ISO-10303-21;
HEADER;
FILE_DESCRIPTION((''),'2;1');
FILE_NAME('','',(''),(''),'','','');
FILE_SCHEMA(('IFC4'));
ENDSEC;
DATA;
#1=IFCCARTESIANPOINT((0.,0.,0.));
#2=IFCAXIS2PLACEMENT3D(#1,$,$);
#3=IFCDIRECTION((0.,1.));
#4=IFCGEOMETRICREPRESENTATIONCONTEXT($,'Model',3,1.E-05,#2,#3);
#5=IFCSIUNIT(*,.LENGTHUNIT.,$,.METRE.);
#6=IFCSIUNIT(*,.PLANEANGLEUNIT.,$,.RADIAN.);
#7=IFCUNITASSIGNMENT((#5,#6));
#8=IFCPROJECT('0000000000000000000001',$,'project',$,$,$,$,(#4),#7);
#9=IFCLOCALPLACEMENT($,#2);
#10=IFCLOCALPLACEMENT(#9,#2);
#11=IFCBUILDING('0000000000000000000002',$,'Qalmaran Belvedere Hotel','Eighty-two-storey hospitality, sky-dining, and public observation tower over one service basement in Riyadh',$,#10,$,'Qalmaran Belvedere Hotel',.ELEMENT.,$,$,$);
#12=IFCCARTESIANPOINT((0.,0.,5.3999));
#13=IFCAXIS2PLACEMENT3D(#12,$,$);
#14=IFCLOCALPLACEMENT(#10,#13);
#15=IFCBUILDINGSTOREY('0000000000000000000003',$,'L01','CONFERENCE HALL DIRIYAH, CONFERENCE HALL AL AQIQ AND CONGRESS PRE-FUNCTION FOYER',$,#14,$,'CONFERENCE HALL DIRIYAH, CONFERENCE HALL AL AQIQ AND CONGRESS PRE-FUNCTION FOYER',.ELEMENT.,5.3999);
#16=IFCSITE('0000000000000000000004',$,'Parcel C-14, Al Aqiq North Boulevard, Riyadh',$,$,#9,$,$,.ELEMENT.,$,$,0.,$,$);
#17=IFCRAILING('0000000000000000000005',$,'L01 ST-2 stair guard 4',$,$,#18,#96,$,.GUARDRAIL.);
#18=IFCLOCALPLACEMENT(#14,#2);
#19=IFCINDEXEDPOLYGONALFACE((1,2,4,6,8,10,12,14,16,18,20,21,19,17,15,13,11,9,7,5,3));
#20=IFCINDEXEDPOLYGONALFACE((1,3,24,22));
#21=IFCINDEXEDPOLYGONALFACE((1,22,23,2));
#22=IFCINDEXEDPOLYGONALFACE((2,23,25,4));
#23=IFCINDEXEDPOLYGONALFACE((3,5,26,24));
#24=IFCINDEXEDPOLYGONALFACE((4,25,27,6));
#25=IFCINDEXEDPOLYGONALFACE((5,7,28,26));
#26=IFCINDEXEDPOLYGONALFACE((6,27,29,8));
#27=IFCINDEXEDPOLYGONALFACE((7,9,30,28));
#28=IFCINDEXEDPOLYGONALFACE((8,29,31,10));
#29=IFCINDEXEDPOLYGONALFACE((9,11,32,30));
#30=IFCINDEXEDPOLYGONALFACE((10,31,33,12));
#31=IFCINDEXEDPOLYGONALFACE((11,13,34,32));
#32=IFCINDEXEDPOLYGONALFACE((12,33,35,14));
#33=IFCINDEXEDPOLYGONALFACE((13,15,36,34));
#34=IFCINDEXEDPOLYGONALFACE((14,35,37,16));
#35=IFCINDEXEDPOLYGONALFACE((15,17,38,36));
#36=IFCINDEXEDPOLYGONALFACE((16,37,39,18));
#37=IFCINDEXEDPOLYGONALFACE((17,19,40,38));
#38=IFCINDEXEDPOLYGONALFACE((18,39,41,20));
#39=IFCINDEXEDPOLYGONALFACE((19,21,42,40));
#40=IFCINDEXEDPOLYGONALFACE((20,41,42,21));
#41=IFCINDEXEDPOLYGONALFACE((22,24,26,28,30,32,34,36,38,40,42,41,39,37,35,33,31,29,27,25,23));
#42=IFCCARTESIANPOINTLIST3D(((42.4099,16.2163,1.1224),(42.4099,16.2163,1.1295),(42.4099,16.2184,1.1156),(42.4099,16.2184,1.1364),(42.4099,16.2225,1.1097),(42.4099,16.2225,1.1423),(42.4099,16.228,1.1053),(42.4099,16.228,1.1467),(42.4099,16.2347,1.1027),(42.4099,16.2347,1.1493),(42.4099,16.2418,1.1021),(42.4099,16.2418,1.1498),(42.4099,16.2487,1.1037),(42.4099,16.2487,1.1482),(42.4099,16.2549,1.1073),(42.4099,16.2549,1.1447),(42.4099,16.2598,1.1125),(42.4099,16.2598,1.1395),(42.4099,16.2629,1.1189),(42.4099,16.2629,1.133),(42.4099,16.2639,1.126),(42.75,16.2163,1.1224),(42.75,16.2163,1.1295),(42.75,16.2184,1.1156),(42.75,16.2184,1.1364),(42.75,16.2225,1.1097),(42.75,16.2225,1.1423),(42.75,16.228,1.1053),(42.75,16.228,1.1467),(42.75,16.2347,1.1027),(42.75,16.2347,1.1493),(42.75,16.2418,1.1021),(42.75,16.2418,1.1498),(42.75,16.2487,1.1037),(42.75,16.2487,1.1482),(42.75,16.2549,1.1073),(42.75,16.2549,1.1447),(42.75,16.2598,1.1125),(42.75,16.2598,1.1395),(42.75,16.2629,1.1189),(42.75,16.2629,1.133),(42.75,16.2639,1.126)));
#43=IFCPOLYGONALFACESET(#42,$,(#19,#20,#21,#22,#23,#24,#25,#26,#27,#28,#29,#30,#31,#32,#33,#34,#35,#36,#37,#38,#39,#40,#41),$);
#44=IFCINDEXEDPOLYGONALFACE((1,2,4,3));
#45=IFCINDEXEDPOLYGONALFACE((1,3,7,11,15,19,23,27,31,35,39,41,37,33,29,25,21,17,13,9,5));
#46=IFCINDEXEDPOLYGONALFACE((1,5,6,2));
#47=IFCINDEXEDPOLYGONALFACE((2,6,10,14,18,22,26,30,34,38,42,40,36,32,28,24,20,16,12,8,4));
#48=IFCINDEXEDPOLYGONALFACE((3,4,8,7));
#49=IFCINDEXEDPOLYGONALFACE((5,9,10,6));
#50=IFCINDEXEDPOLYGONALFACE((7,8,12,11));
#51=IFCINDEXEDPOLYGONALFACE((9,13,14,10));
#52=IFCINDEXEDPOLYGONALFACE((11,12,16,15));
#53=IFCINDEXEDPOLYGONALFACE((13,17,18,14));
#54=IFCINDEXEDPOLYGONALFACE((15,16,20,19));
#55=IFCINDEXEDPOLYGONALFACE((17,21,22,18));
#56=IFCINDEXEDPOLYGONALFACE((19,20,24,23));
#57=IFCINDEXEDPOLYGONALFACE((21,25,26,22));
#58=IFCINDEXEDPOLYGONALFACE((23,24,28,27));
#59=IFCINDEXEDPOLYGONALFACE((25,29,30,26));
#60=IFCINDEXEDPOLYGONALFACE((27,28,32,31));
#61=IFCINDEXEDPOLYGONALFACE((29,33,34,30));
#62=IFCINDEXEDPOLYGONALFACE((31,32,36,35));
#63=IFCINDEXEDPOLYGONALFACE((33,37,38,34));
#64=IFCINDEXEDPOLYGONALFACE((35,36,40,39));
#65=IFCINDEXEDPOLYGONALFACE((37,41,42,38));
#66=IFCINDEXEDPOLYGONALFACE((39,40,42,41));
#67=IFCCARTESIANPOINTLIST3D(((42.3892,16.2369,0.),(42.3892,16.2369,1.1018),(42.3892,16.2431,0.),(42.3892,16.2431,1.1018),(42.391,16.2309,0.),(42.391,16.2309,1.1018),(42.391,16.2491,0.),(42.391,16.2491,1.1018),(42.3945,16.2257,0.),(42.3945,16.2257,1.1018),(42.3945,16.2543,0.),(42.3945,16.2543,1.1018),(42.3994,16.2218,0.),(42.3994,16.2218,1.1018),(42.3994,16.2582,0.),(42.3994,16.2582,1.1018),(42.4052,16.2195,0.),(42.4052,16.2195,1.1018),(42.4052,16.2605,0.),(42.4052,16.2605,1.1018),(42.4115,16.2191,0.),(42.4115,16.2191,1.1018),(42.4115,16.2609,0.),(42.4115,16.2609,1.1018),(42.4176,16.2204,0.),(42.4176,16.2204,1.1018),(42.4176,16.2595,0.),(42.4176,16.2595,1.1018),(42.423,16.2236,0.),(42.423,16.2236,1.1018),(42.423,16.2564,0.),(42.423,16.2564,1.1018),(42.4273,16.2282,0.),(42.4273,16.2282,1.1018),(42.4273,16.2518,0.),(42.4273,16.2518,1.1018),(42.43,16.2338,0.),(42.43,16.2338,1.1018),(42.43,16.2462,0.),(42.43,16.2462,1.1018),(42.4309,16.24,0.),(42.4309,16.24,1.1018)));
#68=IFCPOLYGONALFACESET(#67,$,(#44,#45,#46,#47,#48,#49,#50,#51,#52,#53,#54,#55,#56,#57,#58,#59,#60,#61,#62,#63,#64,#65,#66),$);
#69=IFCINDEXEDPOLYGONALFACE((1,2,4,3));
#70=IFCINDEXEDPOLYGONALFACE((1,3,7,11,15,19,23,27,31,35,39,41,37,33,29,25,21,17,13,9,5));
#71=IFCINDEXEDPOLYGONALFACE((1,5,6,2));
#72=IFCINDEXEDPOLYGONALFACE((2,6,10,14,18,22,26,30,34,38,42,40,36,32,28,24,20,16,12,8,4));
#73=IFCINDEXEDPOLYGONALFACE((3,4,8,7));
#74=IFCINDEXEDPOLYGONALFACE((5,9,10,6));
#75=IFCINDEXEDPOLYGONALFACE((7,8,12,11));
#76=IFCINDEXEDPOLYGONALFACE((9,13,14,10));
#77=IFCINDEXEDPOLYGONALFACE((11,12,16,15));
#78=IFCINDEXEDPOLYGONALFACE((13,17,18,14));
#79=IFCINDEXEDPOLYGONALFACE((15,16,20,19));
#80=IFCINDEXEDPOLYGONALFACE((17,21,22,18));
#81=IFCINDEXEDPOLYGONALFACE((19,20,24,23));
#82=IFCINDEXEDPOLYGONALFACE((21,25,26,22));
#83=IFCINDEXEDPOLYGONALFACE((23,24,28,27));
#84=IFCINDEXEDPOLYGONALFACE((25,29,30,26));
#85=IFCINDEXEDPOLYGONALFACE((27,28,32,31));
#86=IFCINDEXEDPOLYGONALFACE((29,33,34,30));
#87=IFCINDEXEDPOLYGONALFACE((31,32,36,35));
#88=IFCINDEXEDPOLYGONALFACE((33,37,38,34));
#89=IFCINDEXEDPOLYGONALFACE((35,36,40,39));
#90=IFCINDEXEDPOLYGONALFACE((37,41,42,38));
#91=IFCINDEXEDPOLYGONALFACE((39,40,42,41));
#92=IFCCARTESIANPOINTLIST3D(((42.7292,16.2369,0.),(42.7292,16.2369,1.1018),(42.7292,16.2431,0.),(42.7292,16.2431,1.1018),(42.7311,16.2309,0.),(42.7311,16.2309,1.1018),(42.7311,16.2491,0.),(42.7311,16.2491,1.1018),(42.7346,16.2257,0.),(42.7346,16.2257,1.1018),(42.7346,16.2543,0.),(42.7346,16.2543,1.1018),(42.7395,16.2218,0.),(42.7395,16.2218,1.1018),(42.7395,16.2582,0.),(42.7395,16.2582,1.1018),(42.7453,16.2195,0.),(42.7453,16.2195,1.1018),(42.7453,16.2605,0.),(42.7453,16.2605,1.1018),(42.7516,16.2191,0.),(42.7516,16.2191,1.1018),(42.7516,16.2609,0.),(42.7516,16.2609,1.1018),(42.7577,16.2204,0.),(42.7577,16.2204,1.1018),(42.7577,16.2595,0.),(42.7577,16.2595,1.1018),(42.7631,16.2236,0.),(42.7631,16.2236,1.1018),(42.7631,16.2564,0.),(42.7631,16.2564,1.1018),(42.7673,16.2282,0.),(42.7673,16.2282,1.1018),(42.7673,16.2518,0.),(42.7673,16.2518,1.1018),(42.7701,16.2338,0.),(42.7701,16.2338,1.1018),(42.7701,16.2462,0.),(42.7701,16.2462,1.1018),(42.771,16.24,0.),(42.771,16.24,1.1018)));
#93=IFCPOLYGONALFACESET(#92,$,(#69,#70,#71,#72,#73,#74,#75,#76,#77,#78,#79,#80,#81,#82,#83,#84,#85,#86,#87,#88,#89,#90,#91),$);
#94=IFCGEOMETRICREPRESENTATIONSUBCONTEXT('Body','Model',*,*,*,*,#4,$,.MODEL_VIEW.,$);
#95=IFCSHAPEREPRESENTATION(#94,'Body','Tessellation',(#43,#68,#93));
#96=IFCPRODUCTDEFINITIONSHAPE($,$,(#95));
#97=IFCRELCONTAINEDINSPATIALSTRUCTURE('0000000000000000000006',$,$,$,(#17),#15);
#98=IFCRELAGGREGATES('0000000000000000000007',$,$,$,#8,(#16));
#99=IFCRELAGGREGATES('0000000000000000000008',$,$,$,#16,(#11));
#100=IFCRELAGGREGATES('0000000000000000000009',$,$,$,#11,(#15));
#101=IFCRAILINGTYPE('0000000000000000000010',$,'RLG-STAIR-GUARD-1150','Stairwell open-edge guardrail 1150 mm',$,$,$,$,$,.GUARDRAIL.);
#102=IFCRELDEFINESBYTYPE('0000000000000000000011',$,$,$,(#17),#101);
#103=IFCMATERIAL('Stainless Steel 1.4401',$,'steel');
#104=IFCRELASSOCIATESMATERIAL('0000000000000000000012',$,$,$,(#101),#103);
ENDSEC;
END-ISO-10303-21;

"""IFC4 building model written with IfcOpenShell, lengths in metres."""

from ifc_helpers import new_model, si_unit, direction, frame, origin, origin_2d, place, context, subcontext, project, spatial, circle, extrude, material, type_object, element, save


model = new_model("IFC4")

# Units and contexts
model_context = context("Model", 3, precision=1e-05, world=origin(), true_north=direction((0.0, 1.0)))
body_context = subcontext(model_context, "Body", "Model", "MODEL_VIEW")
ifc_project = project(units=[si_unit("LENGTHUNIT", "METRE"), si_unit("PLANEANGLEUNIT", "RADIAN")], contexts=[model_context])

# Site, building, storey
site_placement = place(None, origin())
site = spatial("IfcSite", under=ifc_project, at=site_placement, Name="Parcel C-14, Al Aqiq North Boulevard, Riyadh", CompositionType="ELEMENT", RefElevation=0.0)
building_placement = place(site_placement, origin())
building = spatial("IfcBuilding", under=site, at=building_placement, Name="Qalmaran Belvedere Hotel", Description="Eighty-two-storey hospitality, sky-dining, and public observation tower over one service basement in Riyadh", LongName="Qalmaran Belvedere Hotel", CompositionType="ELEMENT")
storey_placement = place(building_placement, frame((0.0, 0.0, 5.3999)))
storey = spatial("IfcBuildingStorey", under=building, at=storey_placement, Name="L01", Description="CONFERENCE HALL DIRIYAH, CONFERENCE HALL AL AQIQ AND CONGRESS PRE-FUNCTION FOYER", LongName="CONFERENCE HALL DIRIYAH, CONFERENCE HALL AL AQIQ AND CONGRESS PRE-FUNCTION FOYER", CompositionType="ELEMENT", Elevation=5.3999)

# Shared definitions
ifc_material_1 = material(Name="Stainless Steel 1.4401", Category="steel")

# Railing
railing_type_1 = type_object("IfcRailingType", Name="RLG-STAIR-GUARD-1150", Description="Stairwell open-edge guardrail 1150 mm", PredefinedType="GUARDRAIL", material=ifc_material_1)
railing_1_placement = place(storey_placement, frame((42.4099, 16.24, 0.0)))
element("IfcRailing", 1, at=railing_1_placement, inside=storey, type_object=railing_type_1, Name="L01 ST-2 stair guard 4", PredefinedType="GUARDRAIL", context=body_context, shape_type="SweptSolid", body=[
    extrude(circle(Radius=0.0239, at=origin_2d()), frame((0.0, 0.0, 1.126), z_axis=(1.0, 0.0, 0.0), x_axis=(0.0, 1.0, 0.0)), (0.0, 0.0, 1.0), 0.3401),
    extrude(circle(Radius=0.021, at=origin_2d()), origin(), (0.0, 0.0, 1.0), 1.1018),
    extrude(circle(Radius=0.021, at=origin_2d()), frame((0.3401, 0.0, 0.0)), (0.0, 0.0, 1.0), 1.1018),
])

save(model, "model.ifc")
